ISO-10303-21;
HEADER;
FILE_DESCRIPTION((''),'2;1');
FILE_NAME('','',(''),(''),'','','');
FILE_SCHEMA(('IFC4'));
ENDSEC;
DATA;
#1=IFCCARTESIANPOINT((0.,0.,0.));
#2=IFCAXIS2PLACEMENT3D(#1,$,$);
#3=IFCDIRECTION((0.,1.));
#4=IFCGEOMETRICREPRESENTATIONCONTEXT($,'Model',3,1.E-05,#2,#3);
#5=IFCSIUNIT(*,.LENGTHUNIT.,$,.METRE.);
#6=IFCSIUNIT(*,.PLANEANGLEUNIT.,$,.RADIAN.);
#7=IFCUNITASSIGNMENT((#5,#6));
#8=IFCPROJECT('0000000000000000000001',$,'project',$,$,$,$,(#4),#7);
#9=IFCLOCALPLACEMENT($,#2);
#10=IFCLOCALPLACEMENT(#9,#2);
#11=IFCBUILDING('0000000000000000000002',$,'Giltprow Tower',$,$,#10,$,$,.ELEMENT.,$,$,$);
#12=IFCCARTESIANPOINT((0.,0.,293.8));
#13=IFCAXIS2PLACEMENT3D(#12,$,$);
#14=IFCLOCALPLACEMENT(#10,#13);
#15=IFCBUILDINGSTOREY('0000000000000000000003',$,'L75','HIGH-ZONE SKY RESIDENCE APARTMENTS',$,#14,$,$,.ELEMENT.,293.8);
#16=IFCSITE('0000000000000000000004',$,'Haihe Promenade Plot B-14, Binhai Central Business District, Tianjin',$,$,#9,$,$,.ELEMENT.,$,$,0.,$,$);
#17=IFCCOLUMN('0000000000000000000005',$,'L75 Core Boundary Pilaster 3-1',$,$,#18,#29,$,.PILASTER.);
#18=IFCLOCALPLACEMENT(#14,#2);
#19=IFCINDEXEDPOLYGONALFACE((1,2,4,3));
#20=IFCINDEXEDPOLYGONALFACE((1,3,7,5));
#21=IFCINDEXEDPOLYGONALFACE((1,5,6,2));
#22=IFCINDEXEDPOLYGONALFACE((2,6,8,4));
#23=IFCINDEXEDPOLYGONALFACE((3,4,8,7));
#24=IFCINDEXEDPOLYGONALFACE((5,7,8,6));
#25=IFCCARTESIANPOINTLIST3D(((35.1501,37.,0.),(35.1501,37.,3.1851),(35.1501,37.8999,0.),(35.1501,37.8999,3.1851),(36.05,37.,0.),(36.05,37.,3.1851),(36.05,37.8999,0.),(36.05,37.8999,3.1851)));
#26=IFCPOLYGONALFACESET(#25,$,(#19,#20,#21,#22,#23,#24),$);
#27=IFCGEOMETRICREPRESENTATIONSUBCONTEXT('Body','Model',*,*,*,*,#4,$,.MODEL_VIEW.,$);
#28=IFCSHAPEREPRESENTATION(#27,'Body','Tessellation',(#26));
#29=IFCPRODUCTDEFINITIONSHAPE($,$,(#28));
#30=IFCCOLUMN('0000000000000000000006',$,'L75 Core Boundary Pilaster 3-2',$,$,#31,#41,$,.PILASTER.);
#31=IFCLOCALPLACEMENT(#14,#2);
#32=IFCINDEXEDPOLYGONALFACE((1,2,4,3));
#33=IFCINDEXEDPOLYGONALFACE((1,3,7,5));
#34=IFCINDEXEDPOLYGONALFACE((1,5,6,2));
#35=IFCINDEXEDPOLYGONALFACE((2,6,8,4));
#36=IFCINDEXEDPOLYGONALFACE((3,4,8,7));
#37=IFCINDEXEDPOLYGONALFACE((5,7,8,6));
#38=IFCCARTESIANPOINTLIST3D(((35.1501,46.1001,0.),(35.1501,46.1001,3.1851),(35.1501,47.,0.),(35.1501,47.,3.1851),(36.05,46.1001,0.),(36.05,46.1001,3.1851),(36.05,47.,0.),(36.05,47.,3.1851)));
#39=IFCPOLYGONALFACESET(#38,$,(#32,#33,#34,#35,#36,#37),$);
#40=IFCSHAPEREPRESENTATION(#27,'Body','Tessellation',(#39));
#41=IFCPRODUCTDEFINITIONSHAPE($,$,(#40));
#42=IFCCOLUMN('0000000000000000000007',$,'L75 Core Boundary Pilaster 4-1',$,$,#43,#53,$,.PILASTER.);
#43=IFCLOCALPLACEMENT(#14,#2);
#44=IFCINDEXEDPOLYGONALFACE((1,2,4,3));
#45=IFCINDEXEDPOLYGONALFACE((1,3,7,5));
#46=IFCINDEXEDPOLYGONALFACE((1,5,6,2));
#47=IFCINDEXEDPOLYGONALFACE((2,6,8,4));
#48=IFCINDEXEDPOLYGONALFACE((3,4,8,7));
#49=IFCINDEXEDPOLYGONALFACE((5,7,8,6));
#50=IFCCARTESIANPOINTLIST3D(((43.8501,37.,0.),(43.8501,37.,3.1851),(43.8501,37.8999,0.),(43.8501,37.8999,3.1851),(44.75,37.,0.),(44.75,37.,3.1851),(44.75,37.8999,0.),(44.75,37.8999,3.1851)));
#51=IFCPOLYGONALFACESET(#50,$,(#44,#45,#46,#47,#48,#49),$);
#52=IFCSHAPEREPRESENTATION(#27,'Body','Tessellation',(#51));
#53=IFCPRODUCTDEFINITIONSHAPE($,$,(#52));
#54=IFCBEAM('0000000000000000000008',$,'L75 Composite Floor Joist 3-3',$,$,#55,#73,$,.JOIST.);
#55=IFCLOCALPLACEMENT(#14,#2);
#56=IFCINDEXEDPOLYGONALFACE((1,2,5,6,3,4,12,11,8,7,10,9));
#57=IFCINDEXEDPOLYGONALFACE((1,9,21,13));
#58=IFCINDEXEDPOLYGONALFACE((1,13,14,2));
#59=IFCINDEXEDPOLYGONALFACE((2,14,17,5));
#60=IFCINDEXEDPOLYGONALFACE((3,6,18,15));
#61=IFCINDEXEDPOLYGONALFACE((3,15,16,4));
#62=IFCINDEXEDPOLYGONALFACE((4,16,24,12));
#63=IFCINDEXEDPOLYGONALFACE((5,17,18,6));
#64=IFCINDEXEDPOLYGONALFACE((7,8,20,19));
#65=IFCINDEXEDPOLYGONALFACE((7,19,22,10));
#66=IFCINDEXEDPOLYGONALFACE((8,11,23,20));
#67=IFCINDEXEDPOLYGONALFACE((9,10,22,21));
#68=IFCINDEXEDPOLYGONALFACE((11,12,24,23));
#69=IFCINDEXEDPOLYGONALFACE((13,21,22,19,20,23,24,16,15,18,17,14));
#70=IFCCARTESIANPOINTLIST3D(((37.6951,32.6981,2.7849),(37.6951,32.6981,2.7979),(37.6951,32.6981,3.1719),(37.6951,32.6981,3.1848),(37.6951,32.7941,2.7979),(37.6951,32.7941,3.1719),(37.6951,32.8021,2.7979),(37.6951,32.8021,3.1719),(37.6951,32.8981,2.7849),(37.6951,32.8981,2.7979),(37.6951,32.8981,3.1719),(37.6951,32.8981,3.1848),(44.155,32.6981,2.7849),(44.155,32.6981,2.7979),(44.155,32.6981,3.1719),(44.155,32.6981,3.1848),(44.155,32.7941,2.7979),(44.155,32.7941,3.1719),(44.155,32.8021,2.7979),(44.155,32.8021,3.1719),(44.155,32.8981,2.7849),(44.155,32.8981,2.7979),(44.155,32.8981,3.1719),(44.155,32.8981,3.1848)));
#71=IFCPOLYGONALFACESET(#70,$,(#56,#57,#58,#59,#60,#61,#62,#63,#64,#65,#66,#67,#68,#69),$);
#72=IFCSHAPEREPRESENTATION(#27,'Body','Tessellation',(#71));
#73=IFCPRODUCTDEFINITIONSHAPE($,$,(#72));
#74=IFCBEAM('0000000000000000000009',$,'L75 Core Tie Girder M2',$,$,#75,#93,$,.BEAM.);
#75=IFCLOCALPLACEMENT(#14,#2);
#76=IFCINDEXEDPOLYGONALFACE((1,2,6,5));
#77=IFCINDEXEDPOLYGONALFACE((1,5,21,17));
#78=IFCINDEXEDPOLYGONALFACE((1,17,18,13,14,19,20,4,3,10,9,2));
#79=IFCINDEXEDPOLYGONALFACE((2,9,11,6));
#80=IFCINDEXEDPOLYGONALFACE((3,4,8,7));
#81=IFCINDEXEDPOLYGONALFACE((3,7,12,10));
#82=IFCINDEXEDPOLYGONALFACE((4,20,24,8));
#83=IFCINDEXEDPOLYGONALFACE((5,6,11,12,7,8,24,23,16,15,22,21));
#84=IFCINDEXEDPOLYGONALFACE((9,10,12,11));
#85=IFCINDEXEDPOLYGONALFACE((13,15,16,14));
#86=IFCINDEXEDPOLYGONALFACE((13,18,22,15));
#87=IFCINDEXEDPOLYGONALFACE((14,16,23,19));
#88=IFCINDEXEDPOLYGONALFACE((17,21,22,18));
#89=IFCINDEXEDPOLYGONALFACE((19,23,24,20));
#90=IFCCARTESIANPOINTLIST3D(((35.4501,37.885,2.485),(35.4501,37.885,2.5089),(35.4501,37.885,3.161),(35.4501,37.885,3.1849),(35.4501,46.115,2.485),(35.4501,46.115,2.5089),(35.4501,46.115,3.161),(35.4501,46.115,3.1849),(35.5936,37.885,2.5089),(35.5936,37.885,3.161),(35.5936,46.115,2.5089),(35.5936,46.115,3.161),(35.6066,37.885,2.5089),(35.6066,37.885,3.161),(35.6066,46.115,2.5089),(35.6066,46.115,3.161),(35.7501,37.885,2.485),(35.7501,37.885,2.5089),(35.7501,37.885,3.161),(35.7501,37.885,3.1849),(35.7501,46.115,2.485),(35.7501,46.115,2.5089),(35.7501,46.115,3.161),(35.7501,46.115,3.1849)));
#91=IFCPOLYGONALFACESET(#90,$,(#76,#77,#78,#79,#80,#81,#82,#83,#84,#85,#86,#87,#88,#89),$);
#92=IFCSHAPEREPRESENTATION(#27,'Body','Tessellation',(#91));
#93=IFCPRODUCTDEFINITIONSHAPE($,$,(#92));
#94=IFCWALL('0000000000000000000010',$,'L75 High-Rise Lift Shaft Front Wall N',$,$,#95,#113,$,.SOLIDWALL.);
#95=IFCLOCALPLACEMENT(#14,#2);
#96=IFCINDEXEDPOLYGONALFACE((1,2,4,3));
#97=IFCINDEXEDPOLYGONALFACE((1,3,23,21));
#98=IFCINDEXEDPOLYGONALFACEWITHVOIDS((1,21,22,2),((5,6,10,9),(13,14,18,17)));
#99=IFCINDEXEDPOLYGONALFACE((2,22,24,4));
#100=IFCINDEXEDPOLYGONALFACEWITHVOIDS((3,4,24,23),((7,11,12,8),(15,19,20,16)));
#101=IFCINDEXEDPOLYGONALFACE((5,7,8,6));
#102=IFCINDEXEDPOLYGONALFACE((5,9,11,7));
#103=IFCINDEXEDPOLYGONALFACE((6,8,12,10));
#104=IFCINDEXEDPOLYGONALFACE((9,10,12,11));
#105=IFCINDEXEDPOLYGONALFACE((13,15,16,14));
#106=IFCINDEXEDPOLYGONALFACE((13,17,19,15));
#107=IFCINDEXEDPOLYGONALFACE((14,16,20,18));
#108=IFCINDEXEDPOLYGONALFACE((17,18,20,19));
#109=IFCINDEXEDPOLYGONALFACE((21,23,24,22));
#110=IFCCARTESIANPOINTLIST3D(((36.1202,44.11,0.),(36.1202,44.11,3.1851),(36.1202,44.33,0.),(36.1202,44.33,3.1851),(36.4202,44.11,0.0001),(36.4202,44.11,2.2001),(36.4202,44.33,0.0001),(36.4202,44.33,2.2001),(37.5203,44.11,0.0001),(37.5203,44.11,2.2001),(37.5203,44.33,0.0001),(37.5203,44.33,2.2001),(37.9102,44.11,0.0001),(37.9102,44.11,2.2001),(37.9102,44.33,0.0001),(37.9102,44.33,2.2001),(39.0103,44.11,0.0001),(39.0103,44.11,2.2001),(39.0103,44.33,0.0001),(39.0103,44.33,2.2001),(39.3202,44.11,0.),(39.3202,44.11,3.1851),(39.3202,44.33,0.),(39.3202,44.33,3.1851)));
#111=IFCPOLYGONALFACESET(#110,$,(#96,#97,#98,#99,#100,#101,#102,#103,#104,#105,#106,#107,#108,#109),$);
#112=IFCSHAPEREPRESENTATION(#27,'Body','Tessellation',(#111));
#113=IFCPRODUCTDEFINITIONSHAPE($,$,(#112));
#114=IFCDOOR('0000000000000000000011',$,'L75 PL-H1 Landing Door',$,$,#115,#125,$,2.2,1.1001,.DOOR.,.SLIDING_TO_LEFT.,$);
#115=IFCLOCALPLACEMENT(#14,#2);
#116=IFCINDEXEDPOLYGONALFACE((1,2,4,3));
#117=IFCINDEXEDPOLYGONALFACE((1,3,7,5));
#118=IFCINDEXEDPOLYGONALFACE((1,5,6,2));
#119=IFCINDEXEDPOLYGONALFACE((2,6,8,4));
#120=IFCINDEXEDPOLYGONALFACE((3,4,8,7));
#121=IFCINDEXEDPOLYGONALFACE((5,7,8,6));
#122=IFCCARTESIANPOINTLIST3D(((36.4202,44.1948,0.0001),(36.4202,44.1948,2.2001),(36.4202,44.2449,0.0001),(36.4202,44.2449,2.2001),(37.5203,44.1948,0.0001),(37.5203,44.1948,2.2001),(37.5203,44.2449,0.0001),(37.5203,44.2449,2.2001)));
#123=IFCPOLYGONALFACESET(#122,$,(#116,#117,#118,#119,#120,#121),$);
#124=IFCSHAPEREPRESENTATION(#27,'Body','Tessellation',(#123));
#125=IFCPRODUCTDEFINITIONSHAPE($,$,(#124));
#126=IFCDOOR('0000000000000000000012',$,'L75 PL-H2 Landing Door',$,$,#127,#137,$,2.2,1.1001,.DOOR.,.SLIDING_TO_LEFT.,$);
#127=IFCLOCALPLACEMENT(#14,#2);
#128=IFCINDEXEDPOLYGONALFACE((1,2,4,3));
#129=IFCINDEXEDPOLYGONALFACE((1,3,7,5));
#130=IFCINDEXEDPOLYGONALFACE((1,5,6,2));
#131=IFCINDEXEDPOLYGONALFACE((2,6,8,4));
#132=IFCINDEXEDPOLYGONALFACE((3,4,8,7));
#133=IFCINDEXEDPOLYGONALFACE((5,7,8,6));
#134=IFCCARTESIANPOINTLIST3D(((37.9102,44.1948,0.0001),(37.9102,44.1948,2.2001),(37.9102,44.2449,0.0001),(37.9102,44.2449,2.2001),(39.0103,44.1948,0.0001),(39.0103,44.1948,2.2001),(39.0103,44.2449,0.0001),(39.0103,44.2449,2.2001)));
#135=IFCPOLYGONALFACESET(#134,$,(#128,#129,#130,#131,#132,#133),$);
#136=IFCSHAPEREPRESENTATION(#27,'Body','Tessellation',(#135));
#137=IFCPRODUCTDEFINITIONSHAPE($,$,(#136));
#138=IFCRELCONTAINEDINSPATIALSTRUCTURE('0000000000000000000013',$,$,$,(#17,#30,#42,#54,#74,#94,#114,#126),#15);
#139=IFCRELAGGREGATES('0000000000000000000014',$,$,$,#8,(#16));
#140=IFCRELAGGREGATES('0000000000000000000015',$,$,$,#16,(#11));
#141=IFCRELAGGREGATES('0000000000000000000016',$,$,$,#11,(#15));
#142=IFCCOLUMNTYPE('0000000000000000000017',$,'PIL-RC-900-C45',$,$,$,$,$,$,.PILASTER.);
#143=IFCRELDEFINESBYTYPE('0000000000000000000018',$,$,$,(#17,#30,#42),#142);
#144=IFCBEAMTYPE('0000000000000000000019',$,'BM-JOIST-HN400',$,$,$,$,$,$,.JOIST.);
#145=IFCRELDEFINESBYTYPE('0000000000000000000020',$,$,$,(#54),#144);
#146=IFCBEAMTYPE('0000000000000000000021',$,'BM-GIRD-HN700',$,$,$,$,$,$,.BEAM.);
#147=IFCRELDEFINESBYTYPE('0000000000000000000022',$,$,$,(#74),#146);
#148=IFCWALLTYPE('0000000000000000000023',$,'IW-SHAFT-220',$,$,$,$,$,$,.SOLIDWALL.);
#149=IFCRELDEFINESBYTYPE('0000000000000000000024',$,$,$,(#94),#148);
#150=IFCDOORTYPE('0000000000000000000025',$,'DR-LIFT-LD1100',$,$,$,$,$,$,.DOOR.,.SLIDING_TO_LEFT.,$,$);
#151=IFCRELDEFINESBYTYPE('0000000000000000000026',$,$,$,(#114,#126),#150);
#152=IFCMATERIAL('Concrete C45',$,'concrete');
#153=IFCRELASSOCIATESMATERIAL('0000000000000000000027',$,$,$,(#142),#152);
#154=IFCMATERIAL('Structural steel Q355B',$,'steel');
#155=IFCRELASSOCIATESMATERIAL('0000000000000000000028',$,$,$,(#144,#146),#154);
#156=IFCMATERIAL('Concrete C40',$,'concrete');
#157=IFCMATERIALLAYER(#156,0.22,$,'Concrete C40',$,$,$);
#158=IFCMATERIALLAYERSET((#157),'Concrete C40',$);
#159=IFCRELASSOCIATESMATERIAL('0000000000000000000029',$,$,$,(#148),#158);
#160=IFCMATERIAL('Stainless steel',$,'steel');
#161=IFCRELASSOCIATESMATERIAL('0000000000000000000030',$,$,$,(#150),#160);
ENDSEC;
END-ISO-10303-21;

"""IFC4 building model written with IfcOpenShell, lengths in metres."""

from ifc_helpers import new_model, si_unit, direction, frame, frame_2d, origin, origin_2d, place, context, subcontext, project, spatial, rectangle, i_section, extrude, source, transform, mapped, material, layer, layer_set, material_profile, profile_set, type_object, element, fill, save


model = new_model("IFC4")

# Units and contexts
model_context = context("Model", 3, precision=1e-05, world=origin(), true_north=direction((0.0, 1.0)))
body_context = subcontext(model_context, "Body", "Model", "MODEL_VIEW")
ifc_project = project(units=[si_unit("LENGTHUNIT", "METRE"), si_unit("PLANEANGLEUNIT", "RADIAN")], contexts=[model_context])

# Site, building, storey
site_placement = place(None, origin())
site = spatial("IfcSite", under=ifc_project, at=site_placement, Name="Haihe Promenade Plot B-14, Binhai Central Business District, Tianjin", CompositionType="ELEMENT", RefElevation=0.0)
building_placement = place(site_placement, origin())
building = spatial("IfcBuilding", under=site, at=building_placement, Name="Giltprow Tower", CompositionType="ELEMENT")
storey_placement = place(building_placement, frame((0.0, 0.0, 293.8)))
storey = spatial("IfcBuildingStorey", under=building, at=storey_placement, Name="L75", Description="HIGH-ZONE SKY RESIDENCE APARTMENTS", CompositionType="ELEMENT", Elevation=293.8)

# Columns
ifc_material_1 = material(Name="Concrete C45", Category="concrete")
ifc_material_profile_1 = material_profile(ifc_material_1, rectangle(XDim=0.8999, YDim=0.8999, at=origin_2d()), Name="RC 900x900")
ifc_profile_set_1 = profile_set([ifc_material_profile_1], Name="Concrete C45")
column_type = type_object("IfcColumnType", Name="PIL-RC-900-C45", PredefinedType="PILASTER", material=ifc_profile_set_1)
shared_shape_1 = source(origin(), body_context, "Body", "SweptSolid", [
    extrude(rectangle(XDim=0.8999, YDim=0.8999, at=origin_2d()), origin(), (0.0, 0.0, 1.0), 3.1851),
])
for number, where, z_axis, x_axis, name in (
    (1, (35.6001, 37.45, 0.0), (0.0, 0.0, 1.0), (1.0, 0.0, 0.0), "L75 Core Boundary Pilaster 3-1"),
    (2, (35.6001, 46.55, 0.0), (0.0, 0.0, 1.0), (1.0, 0.0, 0.0), "L75 Core Boundary Pilaster 3-2"),
    (3, (44.3, 37.45, 0.0), (0.0, 0.0, 1.0), (1.0, 0.0, 0.0), "L75 Core Boundary Pilaster 4-1"),
):
    element("IfcColumn", number, at=place(storey_placement, frame(where, z_axis=z_axis, x_axis=x_axis)), inside=storey, type_object=column_type, Name=name, PredefinedType="PILASTER", context=body_context, shape_type="MappedRepresentation", body=[
        mapped(shared_shape_1, transform((0.0, 0.0, 0.0), x_axis=(1.0, 0.0, 0.0), y_axis=(0.0, 1.0, 0.0), z_axis=(0.0, 0.0, 1.0), scale=1.0)),
    ])

# Beams
ifc_material_2 = material(Name="Structural steel Q355B", Category="steel")
ifc_material_profile_2 = material_profile(ifc_material_2, i_section(OverallWidth=0.2, OverallDepth=0.3999, WebThickness=0.0081, FlangeThickness=0.0129, at=origin_2d()), Name="HN 400x200x8x13")
ifc_profile_set_2 = profile_set([ifc_material_profile_2], Name="Structural steel Q355B")
beam_type_1 = type_object("IfcBeamType", Name="BM-JOIST-HN400", PredefinedType="JOIST", material=ifc_profile_set_2)
shared_shape_2 = source(origin(), body_context, "Body", "SweptSolid", [
    extrude(i_section(OverallWidth=0.2, OverallDepth=0.3999, WebThickness=0.0081, FlangeThickness=0.0129, at=origin_2d()), origin(), (0.0, 0.0, 1.0), 6.46),
])
beam_1_placement = place(storey_placement, frame((37.6951, 32.7981, 2.9849), z_axis=(1.0, 0.0, 0.0), x_axis=(0.0, 1.0, 0.0)))
element("IfcBeam", 4, at=beam_1_placement, inside=storey, type_object=beam_type_1, Name="L75 Composite Floor Joist 3-3", PredefinedType="JOIST", context=body_context, shape_type="MappedRepresentation", body=[
    mapped(shared_shape_2, transform((0.0, 0.0, 0.0), x_axis=(1.0, 0.0, 0.0), y_axis=(0.0, 1.0, 0.0), z_axis=(0.0, 0.0, 1.0), scale=1.0)),
])
ifc_material_profile_3 = material_profile(ifc_material_2, i_section(OverallWidth=0.3, OverallDepth=0.7, WebThickness=0.0129, FlangeThickness=0.0239, at=origin_2d()), Name="HN 700x300x13x24")
ifc_profile_set_3 = profile_set([ifc_material_profile_3], Name="Structural steel Q355B")
beam_type_2 = type_object("IfcBeamType", Name="BM-GIRD-HN700", PredefinedType="BEAM", material=ifc_profile_set_3)
shared_shape_3 = source(origin(), body_context, "Body", "SweptSolid", [
    extrude(i_section(OverallWidth=0.3, OverallDepth=0.7, WebThickness=0.0129, FlangeThickness=0.0239, at=origin_2d()), origin(), (0.0, 0.0, 1.0), 8.23),
])
beam_2_placement = place(storey_placement, frame((35.6001, 37.885, 2.835), z_axis=(0.0, 1.0, 0.0), x_axis=(-1.0, 0.0, 0.0)))
element("IfcBeam", 5, at=beam_2_placement, inside=storey, type_object=beam_type_2, Name="L75 Core Tie Girder M2", PredefinedType="BEAM", context=body_context, shape_type="MappedRepresentation", body=[
    mapped(shared_shape_3, transform((0.0, 0.0, 0.0), x_axis=(1.0, 0.0, 0.0), y_axis=(0.0, 1.0, 0.0), z_axis=(0.0, 0.0, 1.0), scale=1.0)),
])

# Wall, openings, doors
ifc_material_3 = material(Name="Concrete C40", Category="concrete")
ifc_layer_1 = layer(ifc_material_3, 0.22, Name="Concrete C40")
ifc_layer_set_1 = layer_set([ifc_layer_1], Name="Concrete C40")
wall_type_1 = type_object("IfcWallType", Name="IW-SHAFT-220", PredefinedType="SOLIDWALL", material=ifc_layer_set_1)
wall_1_placement = place(storey_placement, frame((36.1201, 44.22, 0.0), z_axis=(0.0, 0.0, 1.0), x_axis=(1.0, 0.0, 0.0)))
wall_1 = element("IfcWall", 6, at=wall_1_placement, inside=storey, type_object=wall_type_1, Name="L75 High-Rise Lift Shaft Front Wall N", PredefinedType="SOLIDWALL", context=body_context, shape_type="SweptSolid", body=[
    extrude(rectangle(XDim=3.2, YDim=0.22, at=frame_2d((1.6001, 0.0))), origin(), (0.0, 0.0, 1.0), 3.1851),
])
opening_1_placement = place(wall_1_placement, frame((0.3, 0.0, 0.0)))
opening_1 = element("IfcOpeningElement", 7, at=opening_1_placement, cuts=wall_1, PredefinedType="OPENING", context=body_context, shape_type="SweptSolid", body=[
    extrude(rectangle(XDim=1.1001, YDim=2.2, at=frame_2d((0.55, 1.1001))), frame((0.0, 0.1199, 0.0), z_axis=(0.0, -1.0, 0.0), x_axis=(1.0, 0.0, 0.0)), (0.0, 0.0, 1.0), 0.24),
])
opening_2_placement = place(wall_1_placement, frame((1.79, 0.0, 0.0)))
opening_2 = element("IfcOpeningElement", 8, at=opening_2_placement, cuts=wall_1, PredefinedType="OPENING", context=body_context, shape_type="SweptSolid", body=[
    extrude(rectangle(XDim=1.1001, YDim=2.2, at=frame_2d((0.55, 1.1001))), frame((0.0, 0.1199, 0.0), z_axis=(0.0, -1.0, 0.0), x_axis=(1.0, 0.0, 0.0)), (0.0, 0.0, 1.0), 0.24),
])
ifc_material_4 = material(Name="Stainless steel", Category="steel")
door_type_1 = type_object("IfcDoorType", Name="DR-LIFT-LD1100", OperationType="SLIDING_TO_LEFT", PredefinedType="DOOR", material=ifc_material_4)
shared_shape_4 = source(origin(), body_context, "Body", "SweptSolid", [
    extrude(rectangle(XDim=1.1001, YDim=2.2, at=frame_2d((0.55, 1.1001))), frame((0.0, 0.0249, 0.0), z_axis=(0.0, -1.0, 0.0), x_axis=(1.0, 0.0, 0.0)), (0.0, 0.0, 1.0), 0.05),
])
door_1_placement = place(opening_1_placement, origin())
door_1 = element("IfcDoor", 9, at=door_1_placement, inside=storey, type_object=door_type_1, Name="L75 PL-H1 Landing Door", OperationType="SLIDING_TO_LEFT", OverallHeight=2.2, OverallWidth=1.1001, PredefinedType="DOOR", context=body_context, shape_type="MappedRepresentation", body=[
    mapped(shared_shape_4, transform((0.0, 0.0, 0.0), x_axis=(1.0, 0.0, 0.0), y_axis=(0.0, 1.0, 0.0), z_axis=(0.0, 0.0, 1.0), scale=1.0)),
])
fill(opening_1, door_1)
door_2_placement = place(opening_2_placement, origin())
door_2 = element("IfcDoor", 10, at=door_2_placement, inside=storey, type_object=door_type_1, Name="L75 PL-H2 Landing Door", OperationType="SLIDING_TO_LEFT", OverallHeight=2.2, OverallWidth=1.1001, PredefinedType="DOOR", context=body_context, shape_type="MappedRepresentation", body=[
    mapped(shared_shape_4, transform((0.0, 0.0, 0.0), x_axis=(1.0, 0.0, 0.0), y_axis=(0.0, 1.0, 0.0), z_axis=(0.0, 0.0, 1.0), scale=1.0)),
])
fill(opening_2, door_2)

save(model, "model.ifc")
